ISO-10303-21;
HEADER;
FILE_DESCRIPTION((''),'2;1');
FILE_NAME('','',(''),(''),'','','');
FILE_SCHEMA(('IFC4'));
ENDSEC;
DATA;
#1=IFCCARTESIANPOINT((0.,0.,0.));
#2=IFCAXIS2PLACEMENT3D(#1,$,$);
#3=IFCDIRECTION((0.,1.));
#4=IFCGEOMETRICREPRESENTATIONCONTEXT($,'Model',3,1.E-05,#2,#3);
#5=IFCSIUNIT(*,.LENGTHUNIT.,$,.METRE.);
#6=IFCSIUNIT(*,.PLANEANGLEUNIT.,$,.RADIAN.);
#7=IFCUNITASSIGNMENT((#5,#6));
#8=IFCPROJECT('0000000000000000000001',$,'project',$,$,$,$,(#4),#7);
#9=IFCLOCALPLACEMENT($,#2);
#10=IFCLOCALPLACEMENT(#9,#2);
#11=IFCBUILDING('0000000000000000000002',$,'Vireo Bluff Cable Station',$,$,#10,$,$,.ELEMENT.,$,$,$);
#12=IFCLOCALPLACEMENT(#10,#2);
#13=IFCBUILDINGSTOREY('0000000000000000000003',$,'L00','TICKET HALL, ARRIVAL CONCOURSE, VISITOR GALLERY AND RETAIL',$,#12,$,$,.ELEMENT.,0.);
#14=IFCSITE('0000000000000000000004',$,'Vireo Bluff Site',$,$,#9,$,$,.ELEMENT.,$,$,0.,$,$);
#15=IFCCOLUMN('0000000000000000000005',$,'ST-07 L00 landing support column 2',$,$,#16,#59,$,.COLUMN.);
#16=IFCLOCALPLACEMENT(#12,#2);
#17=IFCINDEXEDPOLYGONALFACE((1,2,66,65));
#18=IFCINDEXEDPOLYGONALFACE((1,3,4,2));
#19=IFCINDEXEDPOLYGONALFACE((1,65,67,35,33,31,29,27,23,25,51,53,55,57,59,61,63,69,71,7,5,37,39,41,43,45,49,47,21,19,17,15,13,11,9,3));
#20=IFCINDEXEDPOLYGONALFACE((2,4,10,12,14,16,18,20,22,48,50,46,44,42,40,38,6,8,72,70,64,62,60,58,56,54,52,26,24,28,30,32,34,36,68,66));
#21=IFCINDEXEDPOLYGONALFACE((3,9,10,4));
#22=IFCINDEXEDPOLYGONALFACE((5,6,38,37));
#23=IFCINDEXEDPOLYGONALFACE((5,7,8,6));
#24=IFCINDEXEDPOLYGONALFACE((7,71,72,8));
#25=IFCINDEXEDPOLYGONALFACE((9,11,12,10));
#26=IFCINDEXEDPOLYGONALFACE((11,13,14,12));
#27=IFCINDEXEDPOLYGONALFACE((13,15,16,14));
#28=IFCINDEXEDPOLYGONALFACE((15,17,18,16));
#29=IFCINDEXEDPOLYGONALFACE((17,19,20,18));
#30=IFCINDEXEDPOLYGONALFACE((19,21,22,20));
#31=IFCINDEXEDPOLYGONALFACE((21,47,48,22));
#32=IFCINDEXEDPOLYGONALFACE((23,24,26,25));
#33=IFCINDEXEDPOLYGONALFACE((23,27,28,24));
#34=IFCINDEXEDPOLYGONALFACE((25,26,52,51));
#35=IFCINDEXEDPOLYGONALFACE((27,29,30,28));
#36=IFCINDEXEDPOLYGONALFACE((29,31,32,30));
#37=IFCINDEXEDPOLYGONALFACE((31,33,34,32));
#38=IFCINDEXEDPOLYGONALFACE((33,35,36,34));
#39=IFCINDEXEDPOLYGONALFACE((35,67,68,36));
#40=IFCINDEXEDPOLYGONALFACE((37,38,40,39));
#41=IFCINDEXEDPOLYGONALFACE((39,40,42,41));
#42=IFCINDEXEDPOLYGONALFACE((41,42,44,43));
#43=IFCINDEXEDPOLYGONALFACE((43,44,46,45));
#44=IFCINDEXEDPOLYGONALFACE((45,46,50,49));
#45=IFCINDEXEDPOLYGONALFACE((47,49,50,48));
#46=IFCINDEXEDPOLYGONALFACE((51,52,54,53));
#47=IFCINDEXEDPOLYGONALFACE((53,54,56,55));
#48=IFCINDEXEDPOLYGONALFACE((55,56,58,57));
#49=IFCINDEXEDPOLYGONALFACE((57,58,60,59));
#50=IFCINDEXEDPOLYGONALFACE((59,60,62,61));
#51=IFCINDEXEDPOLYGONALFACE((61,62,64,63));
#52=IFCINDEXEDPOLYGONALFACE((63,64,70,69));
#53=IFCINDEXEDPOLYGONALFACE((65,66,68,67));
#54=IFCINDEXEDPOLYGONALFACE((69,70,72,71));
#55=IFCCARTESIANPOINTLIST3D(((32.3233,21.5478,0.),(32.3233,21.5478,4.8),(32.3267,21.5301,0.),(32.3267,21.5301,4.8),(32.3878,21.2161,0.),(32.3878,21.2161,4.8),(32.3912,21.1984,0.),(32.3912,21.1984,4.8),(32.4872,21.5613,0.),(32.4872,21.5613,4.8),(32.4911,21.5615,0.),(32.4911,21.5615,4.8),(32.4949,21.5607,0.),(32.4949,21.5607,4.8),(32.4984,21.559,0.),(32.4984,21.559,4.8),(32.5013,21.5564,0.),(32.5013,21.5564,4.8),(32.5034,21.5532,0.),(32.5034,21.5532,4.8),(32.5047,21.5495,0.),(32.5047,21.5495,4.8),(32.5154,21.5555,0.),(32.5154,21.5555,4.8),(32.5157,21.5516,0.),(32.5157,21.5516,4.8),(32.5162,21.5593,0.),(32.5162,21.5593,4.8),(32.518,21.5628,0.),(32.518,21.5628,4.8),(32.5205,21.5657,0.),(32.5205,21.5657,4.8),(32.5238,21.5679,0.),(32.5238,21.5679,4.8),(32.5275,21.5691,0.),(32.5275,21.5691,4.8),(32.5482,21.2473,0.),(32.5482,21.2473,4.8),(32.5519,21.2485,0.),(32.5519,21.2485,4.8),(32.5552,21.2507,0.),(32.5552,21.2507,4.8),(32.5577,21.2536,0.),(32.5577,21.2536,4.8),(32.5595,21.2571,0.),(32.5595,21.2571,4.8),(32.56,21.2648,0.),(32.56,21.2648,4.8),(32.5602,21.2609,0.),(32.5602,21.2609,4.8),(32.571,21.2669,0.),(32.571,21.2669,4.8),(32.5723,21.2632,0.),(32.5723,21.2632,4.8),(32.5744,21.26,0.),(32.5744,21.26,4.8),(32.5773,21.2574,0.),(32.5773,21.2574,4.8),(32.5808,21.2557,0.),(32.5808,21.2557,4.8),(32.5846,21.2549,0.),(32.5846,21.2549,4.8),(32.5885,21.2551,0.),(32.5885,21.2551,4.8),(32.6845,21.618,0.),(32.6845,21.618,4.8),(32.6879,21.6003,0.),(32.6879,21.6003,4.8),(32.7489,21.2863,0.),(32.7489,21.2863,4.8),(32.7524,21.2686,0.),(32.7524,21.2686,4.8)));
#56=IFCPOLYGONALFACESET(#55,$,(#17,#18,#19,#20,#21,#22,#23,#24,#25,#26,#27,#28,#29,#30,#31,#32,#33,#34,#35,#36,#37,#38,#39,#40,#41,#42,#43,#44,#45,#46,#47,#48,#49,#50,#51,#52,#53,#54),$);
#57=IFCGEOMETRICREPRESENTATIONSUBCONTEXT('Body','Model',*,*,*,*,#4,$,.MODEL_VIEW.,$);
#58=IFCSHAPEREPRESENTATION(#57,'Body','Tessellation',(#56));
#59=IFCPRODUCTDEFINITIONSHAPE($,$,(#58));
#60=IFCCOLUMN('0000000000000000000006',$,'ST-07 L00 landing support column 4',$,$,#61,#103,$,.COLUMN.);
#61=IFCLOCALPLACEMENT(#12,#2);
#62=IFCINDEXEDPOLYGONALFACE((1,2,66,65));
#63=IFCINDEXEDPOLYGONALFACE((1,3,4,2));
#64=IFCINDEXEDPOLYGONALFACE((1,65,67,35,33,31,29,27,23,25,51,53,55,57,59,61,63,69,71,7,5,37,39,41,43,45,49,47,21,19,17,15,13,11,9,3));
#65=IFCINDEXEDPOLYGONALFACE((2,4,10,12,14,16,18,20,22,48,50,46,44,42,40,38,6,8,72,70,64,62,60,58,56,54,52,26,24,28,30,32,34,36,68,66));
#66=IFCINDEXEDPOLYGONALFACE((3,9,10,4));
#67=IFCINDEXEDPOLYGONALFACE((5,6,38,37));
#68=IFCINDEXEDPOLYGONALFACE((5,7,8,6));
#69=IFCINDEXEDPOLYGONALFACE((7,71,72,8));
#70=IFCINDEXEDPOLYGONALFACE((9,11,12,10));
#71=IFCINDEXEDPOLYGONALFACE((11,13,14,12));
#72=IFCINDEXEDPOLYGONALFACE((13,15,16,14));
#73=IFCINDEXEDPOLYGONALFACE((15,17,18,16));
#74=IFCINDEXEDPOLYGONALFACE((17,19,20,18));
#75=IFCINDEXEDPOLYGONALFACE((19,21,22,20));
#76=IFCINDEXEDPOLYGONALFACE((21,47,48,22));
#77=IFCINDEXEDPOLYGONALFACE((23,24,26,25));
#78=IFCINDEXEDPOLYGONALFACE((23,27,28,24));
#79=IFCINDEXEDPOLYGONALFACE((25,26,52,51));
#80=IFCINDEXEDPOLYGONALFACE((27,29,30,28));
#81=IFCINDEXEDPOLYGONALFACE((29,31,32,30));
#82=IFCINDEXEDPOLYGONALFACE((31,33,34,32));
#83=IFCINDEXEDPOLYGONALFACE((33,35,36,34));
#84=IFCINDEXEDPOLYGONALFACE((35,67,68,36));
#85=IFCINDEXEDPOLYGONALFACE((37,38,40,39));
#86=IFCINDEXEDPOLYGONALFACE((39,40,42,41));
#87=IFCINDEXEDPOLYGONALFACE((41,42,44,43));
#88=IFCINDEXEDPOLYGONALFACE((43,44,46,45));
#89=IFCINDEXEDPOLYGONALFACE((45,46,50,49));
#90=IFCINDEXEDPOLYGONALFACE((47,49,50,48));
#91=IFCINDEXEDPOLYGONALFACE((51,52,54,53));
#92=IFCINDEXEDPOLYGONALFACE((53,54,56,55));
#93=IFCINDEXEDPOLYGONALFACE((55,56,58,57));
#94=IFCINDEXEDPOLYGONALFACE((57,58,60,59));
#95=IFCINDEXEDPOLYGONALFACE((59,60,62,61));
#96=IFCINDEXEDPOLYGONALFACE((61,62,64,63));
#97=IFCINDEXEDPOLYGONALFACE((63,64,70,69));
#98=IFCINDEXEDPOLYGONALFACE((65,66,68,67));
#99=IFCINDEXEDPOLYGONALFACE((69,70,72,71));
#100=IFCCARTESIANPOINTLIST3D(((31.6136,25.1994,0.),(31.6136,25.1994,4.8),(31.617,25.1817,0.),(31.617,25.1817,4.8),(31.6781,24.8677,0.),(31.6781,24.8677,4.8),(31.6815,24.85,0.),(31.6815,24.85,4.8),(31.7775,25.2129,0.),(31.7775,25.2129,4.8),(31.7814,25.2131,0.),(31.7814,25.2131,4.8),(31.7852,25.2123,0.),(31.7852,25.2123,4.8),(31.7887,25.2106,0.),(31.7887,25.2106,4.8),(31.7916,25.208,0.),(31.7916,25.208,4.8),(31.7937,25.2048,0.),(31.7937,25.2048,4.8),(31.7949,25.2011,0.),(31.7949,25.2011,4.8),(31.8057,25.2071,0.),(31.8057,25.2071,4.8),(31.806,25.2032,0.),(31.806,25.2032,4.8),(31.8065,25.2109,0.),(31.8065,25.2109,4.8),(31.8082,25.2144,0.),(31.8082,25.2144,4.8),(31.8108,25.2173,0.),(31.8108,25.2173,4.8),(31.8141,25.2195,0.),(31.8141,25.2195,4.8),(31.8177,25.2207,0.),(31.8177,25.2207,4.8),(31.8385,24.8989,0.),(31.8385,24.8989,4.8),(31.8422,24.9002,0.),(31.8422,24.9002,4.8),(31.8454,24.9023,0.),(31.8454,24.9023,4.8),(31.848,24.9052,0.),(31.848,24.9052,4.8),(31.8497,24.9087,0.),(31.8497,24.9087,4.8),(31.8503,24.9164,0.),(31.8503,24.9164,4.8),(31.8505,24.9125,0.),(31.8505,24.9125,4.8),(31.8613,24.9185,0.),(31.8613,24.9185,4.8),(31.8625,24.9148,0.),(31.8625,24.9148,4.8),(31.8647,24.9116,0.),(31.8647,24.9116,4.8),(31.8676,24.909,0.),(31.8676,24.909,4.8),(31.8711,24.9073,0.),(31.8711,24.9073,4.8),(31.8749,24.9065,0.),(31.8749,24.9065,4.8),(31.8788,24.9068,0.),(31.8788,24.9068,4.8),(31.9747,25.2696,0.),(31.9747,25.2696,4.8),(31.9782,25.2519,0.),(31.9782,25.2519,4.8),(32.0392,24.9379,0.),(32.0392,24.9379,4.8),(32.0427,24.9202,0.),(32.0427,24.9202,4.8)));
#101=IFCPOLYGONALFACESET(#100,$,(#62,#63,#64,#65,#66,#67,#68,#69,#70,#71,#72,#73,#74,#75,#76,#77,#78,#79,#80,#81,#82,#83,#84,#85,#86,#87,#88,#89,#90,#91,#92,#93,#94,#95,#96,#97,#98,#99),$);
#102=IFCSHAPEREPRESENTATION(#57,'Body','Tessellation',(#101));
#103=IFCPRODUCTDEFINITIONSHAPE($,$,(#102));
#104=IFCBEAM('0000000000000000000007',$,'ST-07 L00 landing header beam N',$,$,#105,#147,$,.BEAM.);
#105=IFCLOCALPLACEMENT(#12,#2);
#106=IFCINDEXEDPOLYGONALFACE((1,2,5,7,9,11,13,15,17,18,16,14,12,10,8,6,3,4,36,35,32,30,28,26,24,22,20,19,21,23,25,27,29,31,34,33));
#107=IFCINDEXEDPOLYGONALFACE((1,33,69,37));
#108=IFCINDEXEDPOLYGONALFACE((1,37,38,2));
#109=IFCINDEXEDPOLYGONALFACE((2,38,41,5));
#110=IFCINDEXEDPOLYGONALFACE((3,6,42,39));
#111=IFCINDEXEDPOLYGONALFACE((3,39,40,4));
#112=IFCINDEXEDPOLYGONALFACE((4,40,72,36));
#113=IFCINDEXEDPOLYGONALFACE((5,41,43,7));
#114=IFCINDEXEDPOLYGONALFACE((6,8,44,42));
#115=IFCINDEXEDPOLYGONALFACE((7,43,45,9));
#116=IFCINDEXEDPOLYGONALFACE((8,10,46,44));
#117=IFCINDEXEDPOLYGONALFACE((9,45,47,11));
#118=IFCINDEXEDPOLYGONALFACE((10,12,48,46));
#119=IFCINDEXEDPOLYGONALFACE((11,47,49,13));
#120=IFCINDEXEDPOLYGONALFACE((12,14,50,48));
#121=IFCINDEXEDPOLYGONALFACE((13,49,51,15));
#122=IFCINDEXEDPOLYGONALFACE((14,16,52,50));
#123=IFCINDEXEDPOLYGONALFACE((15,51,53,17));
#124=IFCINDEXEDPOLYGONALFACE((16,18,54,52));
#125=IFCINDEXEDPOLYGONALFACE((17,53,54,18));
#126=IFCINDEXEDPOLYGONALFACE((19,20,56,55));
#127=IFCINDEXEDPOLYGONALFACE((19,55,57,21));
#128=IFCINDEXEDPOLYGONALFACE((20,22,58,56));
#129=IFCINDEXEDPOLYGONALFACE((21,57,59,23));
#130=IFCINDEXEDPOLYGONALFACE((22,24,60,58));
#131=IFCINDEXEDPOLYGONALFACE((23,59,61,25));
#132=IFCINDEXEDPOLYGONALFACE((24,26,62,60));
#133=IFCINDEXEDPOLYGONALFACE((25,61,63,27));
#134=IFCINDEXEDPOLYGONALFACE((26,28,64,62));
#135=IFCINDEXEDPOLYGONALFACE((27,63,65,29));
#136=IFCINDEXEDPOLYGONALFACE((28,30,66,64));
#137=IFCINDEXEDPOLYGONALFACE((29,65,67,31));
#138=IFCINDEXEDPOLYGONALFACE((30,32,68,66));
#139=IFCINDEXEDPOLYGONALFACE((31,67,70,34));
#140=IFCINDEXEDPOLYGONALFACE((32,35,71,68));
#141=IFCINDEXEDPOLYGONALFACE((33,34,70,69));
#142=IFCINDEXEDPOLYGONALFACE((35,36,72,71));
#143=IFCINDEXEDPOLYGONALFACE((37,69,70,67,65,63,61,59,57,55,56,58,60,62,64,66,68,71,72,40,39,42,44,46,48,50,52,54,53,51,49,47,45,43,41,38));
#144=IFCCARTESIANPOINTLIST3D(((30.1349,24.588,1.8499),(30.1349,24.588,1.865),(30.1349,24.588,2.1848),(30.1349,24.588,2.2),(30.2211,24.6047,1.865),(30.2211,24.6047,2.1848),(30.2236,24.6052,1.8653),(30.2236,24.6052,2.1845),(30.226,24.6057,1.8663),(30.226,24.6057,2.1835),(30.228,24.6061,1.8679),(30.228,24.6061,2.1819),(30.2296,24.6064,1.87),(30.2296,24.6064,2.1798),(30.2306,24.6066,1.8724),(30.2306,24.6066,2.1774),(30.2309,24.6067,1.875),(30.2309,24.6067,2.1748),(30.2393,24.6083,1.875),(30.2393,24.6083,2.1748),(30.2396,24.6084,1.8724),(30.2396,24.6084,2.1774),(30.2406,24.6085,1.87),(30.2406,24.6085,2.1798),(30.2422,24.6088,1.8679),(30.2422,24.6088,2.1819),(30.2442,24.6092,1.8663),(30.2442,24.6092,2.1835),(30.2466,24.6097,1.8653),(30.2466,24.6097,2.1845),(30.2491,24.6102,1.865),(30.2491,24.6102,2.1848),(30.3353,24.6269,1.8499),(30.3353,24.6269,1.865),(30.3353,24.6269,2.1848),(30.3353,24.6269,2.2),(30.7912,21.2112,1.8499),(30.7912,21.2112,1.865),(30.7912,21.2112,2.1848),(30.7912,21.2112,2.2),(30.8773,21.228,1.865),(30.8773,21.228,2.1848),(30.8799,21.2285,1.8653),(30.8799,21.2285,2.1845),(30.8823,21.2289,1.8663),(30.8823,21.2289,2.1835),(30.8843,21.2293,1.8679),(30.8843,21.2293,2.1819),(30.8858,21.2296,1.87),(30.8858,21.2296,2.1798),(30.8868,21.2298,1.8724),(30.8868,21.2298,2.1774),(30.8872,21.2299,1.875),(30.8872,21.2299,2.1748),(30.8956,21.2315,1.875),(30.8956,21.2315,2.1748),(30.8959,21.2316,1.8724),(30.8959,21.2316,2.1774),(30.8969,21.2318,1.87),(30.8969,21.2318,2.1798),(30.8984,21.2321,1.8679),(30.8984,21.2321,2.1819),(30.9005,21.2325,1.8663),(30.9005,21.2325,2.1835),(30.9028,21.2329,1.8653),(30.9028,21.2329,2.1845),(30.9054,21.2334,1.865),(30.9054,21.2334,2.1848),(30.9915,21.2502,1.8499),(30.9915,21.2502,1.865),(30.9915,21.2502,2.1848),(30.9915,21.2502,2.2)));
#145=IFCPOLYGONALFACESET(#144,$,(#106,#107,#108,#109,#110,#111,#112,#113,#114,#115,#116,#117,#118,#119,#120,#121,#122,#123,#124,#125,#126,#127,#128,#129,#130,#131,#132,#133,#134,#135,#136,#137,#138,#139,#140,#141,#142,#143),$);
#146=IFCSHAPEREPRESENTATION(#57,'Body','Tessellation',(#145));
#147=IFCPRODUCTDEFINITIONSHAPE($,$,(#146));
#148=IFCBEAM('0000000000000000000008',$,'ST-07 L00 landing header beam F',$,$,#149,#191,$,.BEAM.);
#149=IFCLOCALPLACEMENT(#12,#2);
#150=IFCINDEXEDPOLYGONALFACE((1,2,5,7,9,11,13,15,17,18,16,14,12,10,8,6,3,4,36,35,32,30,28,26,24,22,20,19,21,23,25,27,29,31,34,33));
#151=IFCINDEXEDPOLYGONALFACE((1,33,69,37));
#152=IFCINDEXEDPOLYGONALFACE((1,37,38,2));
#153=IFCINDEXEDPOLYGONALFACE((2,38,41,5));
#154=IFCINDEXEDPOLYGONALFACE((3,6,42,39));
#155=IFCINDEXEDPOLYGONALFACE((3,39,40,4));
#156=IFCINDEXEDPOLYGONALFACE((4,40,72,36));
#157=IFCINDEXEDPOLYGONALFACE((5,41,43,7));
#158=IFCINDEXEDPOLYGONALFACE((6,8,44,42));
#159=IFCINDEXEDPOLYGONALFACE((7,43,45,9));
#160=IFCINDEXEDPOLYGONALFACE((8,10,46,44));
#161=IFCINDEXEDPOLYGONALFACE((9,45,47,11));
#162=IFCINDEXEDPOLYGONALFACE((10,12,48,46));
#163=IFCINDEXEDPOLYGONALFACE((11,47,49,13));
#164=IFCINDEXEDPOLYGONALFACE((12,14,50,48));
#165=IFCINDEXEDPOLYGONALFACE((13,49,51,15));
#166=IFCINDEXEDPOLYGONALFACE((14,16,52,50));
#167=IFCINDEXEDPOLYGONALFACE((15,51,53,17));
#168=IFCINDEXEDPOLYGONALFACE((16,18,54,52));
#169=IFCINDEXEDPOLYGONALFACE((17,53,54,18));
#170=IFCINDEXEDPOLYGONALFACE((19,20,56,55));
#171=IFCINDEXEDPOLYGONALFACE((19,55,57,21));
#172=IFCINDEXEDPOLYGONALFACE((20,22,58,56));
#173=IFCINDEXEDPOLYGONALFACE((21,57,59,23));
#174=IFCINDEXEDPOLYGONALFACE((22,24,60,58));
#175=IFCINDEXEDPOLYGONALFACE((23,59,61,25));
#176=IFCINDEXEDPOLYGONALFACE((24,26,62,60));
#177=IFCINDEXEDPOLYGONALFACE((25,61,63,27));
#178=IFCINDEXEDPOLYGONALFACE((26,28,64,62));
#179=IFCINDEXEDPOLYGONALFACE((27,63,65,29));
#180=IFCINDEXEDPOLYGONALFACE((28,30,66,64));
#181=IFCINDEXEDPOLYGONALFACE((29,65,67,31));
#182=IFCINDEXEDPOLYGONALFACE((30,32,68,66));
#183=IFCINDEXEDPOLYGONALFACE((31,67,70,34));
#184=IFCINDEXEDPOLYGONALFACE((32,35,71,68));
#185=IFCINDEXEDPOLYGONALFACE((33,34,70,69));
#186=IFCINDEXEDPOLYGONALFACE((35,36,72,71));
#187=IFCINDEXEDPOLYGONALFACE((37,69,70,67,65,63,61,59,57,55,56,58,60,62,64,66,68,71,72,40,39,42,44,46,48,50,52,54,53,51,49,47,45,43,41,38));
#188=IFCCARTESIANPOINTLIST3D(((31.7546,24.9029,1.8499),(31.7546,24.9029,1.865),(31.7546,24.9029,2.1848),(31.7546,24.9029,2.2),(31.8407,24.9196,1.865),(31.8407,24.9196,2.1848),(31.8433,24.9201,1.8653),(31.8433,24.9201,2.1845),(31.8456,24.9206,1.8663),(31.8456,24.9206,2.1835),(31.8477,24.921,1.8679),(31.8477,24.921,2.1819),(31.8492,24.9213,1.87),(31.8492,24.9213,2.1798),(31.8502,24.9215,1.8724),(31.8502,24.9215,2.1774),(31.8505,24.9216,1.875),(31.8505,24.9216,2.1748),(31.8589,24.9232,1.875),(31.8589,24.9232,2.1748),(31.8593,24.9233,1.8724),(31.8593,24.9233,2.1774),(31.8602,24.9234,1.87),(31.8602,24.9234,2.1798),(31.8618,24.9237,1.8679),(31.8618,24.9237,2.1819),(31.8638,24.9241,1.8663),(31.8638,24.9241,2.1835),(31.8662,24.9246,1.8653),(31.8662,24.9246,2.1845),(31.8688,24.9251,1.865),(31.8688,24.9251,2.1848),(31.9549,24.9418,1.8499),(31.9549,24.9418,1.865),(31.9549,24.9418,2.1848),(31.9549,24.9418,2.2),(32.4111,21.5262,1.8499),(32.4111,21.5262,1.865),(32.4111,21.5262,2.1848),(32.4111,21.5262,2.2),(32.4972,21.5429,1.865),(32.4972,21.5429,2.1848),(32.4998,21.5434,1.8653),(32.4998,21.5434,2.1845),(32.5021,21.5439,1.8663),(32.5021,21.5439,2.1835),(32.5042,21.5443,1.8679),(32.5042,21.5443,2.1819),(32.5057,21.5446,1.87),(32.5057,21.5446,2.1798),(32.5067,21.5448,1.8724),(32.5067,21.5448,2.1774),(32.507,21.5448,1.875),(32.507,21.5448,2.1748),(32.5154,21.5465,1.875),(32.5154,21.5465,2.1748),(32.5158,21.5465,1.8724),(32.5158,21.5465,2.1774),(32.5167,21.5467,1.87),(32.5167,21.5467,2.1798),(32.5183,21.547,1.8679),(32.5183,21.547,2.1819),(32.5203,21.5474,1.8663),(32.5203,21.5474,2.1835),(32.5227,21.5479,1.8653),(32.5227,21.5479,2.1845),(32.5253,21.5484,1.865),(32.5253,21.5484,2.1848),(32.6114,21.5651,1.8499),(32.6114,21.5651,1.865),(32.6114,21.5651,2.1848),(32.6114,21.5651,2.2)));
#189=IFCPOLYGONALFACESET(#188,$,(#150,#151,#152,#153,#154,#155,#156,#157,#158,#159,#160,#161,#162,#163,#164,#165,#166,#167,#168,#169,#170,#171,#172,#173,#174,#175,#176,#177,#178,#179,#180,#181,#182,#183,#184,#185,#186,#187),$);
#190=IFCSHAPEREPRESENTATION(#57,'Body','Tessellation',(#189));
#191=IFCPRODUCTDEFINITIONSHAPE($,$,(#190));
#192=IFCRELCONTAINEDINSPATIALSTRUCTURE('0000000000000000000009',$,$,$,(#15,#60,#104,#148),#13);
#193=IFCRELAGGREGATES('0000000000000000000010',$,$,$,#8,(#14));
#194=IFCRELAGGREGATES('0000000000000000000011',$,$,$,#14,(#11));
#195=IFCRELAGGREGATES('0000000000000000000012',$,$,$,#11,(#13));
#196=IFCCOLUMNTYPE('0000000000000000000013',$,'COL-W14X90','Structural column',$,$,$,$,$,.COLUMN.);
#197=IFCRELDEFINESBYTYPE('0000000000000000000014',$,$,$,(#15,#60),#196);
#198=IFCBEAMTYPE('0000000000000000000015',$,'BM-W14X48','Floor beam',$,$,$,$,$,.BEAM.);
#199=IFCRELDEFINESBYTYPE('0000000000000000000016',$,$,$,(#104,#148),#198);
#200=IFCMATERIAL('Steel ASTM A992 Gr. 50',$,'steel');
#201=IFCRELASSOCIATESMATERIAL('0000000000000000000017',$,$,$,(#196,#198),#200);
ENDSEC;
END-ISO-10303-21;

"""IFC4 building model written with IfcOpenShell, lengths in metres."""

from ifc_helpers import new_model, si_unit, direction, frame, origin, origin_2d, place, context, subcontext, project, spatial, i_section, extrude, material, material_profile, profile_set, type_object, element, save


model = new_model("IFC4")

# Units and contexts
model_context = context("Model", 3, precision=1e-05, world=origin(), true_north=direction((0.0, 1.0)))
body_context = subcontext(model_context, "Body", "Model", "MODEL_VIEW")
ifc_project = project(units=[si_unit("LENGTHUNIT", "METRE"), si_unit("PLANEANGLEUNIT", "RADIAN")], contexts=[model_context])

# Site, building, storey
site_placement = place(None, origin())
site = spatial("IfcSite", under=ifc_project, at=site_placement, Name="Vireo Bluff Site", CompositionType="ELEMENT", RefElevation=0.0)
building_placement = place(site_placement, origin())
building = spatial("IfcBuilding", under=site, at=building_placement, Name="Vireo Bluff Cable Station", CompositionType="ELEMENT")
storey_placement = place(building_placement, origin())
storey = spatial("IfcBuildingStorey", under=building, at=storey_placement, Name="L00", Description="TICKET HALL, ARRIVAL CONCOURSE, VISITOR GALLERY AND RETAIL", CompositionType="ELEMENT", Elevation=0.0)

# Columns
ifc_material_1 = material(Name="Steel ASTM A992 Gr. 50", Category="steel")
ifc_material_profile_1 = material_profile(ifc_material_1, i_section(OverallWidth=0.3679, OverallDepth=0.356, WebThickness=0.0112, FlangeThickness=0.0181, FilletRadius=0.0149, at=origin_2d()), Name="W14X90")
ifc_profile_set_1 = profile_set([ifc_material_profile_1], Name="Steel ASTM A992 Gr. 50")
column_type_1 = type_object("IfcColumnType", Name="COL-W14X90", Description="Structural column", PredefinedType="COLUMN", material=ifc_profile_set_1)
for number, where, z_axis, x_axis, name in (
    (1, (32.5378, 21.4082, 0.0), (0.0, 0.0, 1.0), (0.981627, 0.190809, 0.0), "ST-07 L00 landing support column 2"),
    (2, (31.8281, 25.0598, 0.0), (0.0, 0.0, 1.0), (0.981627, 0.190809, 0.0), "ST-07 L00 landing support column 4"),
):
    element("IfcColumn", number, at=place(storey_placement, frame(where, z_axis=z_axis, x_axis=x_axis)), inside=storey, type_object=column_type_1, Name=name, PredefinedType="COLUMN", context=body_context, shape_type="SweptSolid", body=[
        extrude(i_section(OverallWidth=0.3679, OverallDepth=0.356, WebThickness=0.0112, FlangeThickness=0.0181, FilletRadius=0.0149, at=origin_2d()), origin(), (0.0, 0.0, 1.0), 4.8),
    ])

# Beams
ifc_material_profile_2 = material_profile(ifc_material_1, i_section(OverallWidth=0.2041, OverallDepth=0.3501, WebThickness=0.0085, FlangeThickness=0.0151, FilletRadius=0.01, at=origin_2d()), Name="W14X48")
ifc_profile_set_2 = profile_set([ifc_material_profile_2], Name="Steel ASTM A992 Gr. 50")
beam_type_1 = type_object("IfcBeamType", Name="BM-W14X48", Description="Floor beam", PredefinedType="BEAM", material=ifc_profile_set_2)
for number, where, z_axis, x_axis, name in (
    (3, (30.8914, 21.2307, 2.0249), (-0.190777, 0.981633, 0.0), (-0.981633, -0.190777, 0.0), "ST-07 L00 landing header beam N"),
    (4, (32.5112, 21.5457, 2.0249), (-0.190845, 0.98162, 0.0), (-0.98162, -0.190845, 0.0), "ST-07 L00 landing header beam F"),
):
    element("IfcBeam", number, at=place(storey_placement, frame(where, z_axis=z_axis, x_axis=x_axis)), inside=storey, type_object=beam_type_1, Name=name, PredefinedType="BEAM", context=body_context, shape_type="SweptSolid", body=[
        extrude(i_section(OverallWidth=0.2041, OverallDepth=0.3501, WebThickness=0.0085, FlangeThickness=0.0151, FilletRadius=0.01, at=origin_2d()), origin(), (0.0, 0.0, 1.0), 3.4399),
    ])

save(model, "model.ifc")
